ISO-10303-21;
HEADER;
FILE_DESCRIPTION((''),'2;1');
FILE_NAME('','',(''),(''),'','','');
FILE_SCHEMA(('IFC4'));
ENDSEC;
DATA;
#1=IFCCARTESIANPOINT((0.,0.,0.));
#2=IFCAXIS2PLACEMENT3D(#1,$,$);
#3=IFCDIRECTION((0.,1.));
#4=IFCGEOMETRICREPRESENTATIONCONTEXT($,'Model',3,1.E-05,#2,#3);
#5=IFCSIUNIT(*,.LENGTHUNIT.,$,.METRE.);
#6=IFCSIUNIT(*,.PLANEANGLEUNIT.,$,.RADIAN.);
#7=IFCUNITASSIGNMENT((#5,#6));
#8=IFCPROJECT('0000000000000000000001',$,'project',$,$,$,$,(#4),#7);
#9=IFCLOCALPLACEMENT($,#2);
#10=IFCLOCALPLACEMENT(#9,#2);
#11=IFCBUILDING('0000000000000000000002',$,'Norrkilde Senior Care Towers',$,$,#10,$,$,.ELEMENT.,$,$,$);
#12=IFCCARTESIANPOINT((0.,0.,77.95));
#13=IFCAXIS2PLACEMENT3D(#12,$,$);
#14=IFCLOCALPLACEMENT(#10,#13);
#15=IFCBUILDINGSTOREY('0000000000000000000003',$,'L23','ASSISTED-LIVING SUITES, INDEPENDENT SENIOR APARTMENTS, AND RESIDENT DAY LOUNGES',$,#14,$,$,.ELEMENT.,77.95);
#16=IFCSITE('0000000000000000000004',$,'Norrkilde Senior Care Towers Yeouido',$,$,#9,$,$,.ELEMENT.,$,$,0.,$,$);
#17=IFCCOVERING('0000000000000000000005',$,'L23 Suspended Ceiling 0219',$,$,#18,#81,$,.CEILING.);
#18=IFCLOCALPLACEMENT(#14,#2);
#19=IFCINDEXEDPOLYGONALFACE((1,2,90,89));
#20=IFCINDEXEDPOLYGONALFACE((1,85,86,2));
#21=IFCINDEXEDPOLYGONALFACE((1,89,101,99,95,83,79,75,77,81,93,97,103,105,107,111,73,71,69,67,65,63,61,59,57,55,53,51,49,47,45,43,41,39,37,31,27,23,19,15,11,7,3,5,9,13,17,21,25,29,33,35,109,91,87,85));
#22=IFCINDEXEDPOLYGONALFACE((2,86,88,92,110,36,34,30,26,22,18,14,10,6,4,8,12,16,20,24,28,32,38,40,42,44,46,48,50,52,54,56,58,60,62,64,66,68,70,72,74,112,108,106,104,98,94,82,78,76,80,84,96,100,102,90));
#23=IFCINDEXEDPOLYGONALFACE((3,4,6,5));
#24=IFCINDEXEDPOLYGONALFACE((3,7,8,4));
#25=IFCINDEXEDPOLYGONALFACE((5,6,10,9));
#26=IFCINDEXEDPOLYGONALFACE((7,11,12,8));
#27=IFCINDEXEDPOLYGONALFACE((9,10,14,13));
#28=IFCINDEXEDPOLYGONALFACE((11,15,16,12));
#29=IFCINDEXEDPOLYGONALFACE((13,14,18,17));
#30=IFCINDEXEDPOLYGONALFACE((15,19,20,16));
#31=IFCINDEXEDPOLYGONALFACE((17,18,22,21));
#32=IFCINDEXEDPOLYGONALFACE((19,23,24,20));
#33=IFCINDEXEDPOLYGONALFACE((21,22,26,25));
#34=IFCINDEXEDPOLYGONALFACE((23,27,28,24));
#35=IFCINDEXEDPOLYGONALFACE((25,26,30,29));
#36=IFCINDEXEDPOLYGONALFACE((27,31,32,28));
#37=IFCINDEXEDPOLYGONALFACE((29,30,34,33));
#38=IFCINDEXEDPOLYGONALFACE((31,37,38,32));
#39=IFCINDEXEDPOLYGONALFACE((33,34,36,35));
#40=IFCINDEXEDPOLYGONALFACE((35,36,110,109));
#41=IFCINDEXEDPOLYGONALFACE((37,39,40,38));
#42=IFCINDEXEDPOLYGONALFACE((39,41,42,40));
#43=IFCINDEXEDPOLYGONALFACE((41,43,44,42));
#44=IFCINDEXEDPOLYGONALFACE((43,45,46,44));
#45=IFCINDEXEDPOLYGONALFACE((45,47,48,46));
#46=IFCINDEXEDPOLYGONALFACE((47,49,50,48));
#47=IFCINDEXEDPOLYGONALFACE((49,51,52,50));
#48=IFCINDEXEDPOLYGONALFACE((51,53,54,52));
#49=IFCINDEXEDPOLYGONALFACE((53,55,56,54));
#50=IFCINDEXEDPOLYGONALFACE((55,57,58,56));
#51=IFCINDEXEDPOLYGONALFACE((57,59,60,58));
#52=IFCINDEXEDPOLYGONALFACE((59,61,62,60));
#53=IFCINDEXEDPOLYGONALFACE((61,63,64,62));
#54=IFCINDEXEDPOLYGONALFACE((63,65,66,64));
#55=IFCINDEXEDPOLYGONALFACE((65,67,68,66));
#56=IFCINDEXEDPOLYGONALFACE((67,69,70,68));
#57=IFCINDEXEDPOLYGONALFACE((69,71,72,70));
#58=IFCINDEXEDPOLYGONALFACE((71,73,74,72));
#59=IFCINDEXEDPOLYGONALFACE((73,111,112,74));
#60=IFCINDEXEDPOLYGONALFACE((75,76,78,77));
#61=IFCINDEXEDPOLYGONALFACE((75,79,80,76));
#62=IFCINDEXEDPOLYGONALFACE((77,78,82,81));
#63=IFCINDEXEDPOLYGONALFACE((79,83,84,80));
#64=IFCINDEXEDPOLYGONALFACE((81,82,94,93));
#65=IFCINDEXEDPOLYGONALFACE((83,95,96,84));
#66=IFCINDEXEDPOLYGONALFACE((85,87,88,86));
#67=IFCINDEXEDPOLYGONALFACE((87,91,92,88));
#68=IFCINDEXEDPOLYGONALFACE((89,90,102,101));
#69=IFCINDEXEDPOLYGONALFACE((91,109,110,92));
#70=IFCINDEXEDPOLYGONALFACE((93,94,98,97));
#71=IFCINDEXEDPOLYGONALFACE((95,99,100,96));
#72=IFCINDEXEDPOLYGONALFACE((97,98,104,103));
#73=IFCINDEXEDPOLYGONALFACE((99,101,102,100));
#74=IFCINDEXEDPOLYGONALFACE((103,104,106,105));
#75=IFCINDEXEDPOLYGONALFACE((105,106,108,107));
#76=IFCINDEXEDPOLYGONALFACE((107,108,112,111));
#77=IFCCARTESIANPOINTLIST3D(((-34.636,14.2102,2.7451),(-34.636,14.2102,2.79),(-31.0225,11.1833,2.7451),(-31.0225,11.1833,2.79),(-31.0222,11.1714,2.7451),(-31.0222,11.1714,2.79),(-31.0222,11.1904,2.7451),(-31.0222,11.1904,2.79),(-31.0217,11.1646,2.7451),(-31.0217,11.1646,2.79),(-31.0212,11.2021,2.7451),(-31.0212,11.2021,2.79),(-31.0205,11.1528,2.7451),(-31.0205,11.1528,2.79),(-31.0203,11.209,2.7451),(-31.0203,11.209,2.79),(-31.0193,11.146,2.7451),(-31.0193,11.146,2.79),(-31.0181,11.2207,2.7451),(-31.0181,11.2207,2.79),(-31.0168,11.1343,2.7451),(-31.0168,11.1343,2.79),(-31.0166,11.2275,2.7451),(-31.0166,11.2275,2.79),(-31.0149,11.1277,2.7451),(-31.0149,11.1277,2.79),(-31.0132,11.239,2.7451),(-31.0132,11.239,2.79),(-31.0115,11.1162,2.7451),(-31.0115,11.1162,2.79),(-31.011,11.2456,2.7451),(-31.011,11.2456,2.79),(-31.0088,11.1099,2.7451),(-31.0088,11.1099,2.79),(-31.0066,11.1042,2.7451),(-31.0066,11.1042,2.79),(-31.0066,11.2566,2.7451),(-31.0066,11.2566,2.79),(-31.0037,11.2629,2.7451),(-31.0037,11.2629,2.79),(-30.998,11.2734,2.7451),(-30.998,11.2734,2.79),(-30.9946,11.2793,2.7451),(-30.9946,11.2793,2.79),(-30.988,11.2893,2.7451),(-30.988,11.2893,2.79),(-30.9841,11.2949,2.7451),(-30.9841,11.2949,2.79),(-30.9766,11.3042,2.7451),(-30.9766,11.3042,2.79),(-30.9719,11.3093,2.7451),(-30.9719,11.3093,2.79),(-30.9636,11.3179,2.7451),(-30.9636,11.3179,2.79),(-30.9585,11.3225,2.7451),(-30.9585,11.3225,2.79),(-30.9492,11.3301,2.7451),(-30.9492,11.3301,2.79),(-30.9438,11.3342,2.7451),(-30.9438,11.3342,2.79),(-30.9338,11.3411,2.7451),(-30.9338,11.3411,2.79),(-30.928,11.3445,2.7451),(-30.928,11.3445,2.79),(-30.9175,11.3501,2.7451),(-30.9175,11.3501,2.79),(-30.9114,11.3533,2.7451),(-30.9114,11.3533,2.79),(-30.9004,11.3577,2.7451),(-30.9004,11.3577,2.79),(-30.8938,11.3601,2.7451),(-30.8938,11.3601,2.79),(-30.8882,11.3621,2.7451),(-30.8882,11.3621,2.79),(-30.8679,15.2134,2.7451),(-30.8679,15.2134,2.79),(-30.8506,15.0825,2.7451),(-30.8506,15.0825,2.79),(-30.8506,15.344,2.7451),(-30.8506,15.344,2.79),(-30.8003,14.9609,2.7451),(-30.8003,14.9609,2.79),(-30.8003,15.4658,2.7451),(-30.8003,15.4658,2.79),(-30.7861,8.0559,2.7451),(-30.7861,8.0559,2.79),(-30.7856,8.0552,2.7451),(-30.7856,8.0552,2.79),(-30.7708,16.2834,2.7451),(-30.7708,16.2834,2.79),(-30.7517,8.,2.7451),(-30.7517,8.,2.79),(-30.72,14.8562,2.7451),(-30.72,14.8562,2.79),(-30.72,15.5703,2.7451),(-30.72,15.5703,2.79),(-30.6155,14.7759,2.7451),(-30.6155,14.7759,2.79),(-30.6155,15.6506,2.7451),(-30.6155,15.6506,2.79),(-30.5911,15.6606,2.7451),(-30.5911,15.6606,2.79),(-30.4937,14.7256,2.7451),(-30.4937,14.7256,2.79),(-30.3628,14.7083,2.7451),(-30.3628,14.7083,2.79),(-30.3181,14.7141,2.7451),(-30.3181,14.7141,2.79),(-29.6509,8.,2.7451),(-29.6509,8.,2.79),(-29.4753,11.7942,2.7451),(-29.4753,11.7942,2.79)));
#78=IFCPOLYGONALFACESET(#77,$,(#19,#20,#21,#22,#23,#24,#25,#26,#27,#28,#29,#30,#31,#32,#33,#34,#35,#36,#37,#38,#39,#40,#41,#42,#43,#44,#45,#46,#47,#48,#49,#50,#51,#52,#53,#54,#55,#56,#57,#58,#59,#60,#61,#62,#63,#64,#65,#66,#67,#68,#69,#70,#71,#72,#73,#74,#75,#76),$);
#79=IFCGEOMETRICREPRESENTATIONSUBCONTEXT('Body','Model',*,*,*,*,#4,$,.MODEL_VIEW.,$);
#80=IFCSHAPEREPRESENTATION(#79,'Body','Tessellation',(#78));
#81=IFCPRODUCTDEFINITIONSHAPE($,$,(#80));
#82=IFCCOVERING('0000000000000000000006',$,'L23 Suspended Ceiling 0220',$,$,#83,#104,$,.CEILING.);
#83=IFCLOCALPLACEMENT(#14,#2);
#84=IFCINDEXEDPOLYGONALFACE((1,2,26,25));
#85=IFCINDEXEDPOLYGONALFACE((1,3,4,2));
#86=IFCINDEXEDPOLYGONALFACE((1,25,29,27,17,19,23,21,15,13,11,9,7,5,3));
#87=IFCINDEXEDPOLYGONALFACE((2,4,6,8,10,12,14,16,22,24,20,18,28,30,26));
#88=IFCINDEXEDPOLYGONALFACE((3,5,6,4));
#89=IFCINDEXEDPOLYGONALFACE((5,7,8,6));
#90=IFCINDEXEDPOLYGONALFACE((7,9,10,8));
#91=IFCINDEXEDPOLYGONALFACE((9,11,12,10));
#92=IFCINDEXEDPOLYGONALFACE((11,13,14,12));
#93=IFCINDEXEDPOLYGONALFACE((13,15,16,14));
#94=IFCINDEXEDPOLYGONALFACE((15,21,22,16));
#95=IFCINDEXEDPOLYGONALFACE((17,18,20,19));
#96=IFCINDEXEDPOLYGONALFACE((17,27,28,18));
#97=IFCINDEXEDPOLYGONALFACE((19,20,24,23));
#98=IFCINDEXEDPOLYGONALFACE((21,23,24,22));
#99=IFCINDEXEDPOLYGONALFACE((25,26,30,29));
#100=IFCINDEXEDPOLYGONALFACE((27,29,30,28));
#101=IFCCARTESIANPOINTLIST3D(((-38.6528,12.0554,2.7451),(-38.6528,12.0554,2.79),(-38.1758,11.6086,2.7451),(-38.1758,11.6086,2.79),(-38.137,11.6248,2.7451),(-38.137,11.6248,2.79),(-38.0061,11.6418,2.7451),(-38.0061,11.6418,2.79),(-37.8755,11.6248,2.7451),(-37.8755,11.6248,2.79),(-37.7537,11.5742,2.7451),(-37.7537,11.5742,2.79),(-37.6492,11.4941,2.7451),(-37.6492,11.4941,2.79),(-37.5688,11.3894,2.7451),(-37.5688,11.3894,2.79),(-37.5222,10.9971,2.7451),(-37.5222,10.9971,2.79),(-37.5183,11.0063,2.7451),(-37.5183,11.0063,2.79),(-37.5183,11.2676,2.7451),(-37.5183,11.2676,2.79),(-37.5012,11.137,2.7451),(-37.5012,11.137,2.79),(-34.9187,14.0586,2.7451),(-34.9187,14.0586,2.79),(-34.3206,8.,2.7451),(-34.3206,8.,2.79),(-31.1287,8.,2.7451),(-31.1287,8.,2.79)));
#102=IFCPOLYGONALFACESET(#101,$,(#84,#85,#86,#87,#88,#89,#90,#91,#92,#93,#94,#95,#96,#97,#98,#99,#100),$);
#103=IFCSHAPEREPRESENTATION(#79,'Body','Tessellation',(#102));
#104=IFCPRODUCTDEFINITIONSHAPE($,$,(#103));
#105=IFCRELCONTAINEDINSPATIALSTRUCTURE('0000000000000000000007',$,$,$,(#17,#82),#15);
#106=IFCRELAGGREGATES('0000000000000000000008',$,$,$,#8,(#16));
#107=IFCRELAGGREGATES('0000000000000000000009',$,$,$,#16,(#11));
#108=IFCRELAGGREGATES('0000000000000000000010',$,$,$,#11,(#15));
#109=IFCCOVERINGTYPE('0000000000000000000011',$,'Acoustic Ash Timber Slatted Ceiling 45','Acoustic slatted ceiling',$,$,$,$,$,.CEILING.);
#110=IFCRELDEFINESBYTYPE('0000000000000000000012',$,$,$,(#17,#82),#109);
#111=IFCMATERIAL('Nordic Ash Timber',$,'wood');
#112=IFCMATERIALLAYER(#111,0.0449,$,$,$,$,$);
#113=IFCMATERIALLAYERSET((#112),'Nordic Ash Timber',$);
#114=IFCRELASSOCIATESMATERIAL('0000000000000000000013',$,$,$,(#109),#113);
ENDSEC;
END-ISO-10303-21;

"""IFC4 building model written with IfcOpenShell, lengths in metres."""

from ifc_helpers import new_model, si_unit, direction, frame, origin, place, context, subcontext, project, spatial, polyline, outline, extrude, material, layer, layer_set, type_object, element, save


model = new_model("IFC4")

# Units and contexts
model_context = context("Model", 3, precision=1e-05, world=origin(), true_north=direction((0.0, 1.0)))
body_context = subcontext(model_context, "Body", "Model", "MODEL_VIEW")
ifc_project = project(units=[si_unit("LENGTHUNIT", "METRE"), si_unit("PLANEANGLEUNIT", "RADIAN")], contexts=[model_context])

# Site, building, storey
site_placement = place(None, origin())
site = spatial("IfcSite", under=ifc_project, at=site_placement, Name="Norrkilde Senior Care Towers Yeouido", CompositionType="ELEMENT", RefElevation=0.0)
building_placement = place(site_placement, origin())
building = spatial("IfcBuilding", under=site, at=building_placement, Name="Norrkilde Senior Care Towers", CompositionType="ELEMENT")
storey_placement = place(building_placement, frame((0.0, 0.0, 77.95)))
storey = spatial("IfcBuildingStorey", under=building, at=storey_placement, Name="L23", Description="ASSISTED-LIVING SUITES, INDEPENDENT SENIOR APARTMENTS, AND RESIDENT DAY LOUNGES", CompositionType="ELEMENT", Elevation=77.95)

# Coverings
ifc_material_1 = material(Name="Nordic Ash Timber", Category="wood")
ifc_layer_1 = layer(ifc_material_1, 0.0449)
ifc_layer_set_1 = layer_set([ifc_layer_1], Name="Nordic Ash Timber")
covering_type_1 = type_object("IfcCoveringType", Name="Acoustic Ash Timber Slatted Ceiling 45", Description="Acoustic slatted ceiling", PredefinedType="CEILING", material=ifc_layer_set_1)
covering_1_placement = place(storey_placement, frame((0.0, 0.0, 2.7451)))
element("IfcCovering", 1, at=covering_1_placement, inside=storey, type_object=covering_type_1, Name="L23 Suspended Ceiling 0219", PredefinedType="CEILING", context=body_context, shape_type="SweptSolid", body=[
    extrude(outline(polyline([(-30.9114, 11.3533), (-30.9175, 11.3501), (-30.928, 11.3445), (-30.9338, 11.3411), (-30.9438, 11.3342), (-30.9492, 11.3301), (-30.9585, 11.3225), (-30.9636, 11.3179), (-30.9719, 11.3093), (-30.9766, 11.3042), (-30.9841, 11.2949), (-30.988, 11.2893), (-30.9946, 11.2793), (-30.998, 11.2734), (-31.0037, 11.2629), (-31.0066, 11.2566), (-31.011, 11.2456), (-31.0132, 11.239), (-31.0166, 11.2275), (-31.0181, 11.2207), (-31.0203, 11.209), (-31.0212, 11.2021), (-31.0222, 11.1904), (-31.0225, 11.1833), (-31.0222, 11.1714), (-31.0217, 11.1646), (-31.0205, 11.1528), (-31.0193, 11.146), (-31.0168, 11.1343), (-31.0149, 11.1277), (-31.0115, 11.1162), (-31.0088, 11.1099), (-31.0066, 11.1042), (-29.6509, 8.0), (-30.7517, 8.0), (-30.7856, 8.0552), (-30.7861, 8.0559), (-34.636, 14.2102), (-30.7708, 16.2834), (-30.5911, 15.6606), (-30.6155, 15.6506), (-30.72, 15.5703), (-30.8003, 15.4658), (-30.8506, 15.344), (-30.8679, 15.2134), (-30.8506, 15.0825), (-30.8003, 14.9609), (-30.72, 14.8562), (-30.6155, 14.7759), (-30.4937, 14.7256), (-30.3628, 14.7083), (-30.3181, 14.7141), (-29.4753, 11.7942), (-30.8882, 11.3621), (-30.8938, 11.3601), (-30.9004, 11.3577), (-30.9114, 11.3533)])), origin(), (0.0, 0.0, 1.0), 0.0449),
])
covering_2_placement = place(storey_placement, frame((0.0, 0.0, 2.7451)))
element("IfcCovering", 2, at=covering_2_placement, inside=storey, type_object=covering_type_1, Name="L23 Suspended Ceiling 0220", PredefinedType="CEILING", context=body_context, shape_type="SweptSolid", body=[
    extrude(outline(polyline([(-34.3206, 8.0), (-37.5222, 10.9971), (-37.5183, 11.0063), (-37.5012, 11.137), (-37.5183, 11.2676), (-37.5688, 11.3894), (-37.6492, 11.4941), (-37.7537, 11.5742), (-37.8755, 11.6248), (-38.0061, 11.6418), (-38.137, 11.6248), (-38.1758, 11.6086), (-38.6528, 12.0554), (-34.9187, 14.0586), (-31.1287, 8.0), (-34.3206, 8.0)])), origin(), (0.0, 0.0, 1.0), 0.0449),
])

save(model, "model.ifc")
